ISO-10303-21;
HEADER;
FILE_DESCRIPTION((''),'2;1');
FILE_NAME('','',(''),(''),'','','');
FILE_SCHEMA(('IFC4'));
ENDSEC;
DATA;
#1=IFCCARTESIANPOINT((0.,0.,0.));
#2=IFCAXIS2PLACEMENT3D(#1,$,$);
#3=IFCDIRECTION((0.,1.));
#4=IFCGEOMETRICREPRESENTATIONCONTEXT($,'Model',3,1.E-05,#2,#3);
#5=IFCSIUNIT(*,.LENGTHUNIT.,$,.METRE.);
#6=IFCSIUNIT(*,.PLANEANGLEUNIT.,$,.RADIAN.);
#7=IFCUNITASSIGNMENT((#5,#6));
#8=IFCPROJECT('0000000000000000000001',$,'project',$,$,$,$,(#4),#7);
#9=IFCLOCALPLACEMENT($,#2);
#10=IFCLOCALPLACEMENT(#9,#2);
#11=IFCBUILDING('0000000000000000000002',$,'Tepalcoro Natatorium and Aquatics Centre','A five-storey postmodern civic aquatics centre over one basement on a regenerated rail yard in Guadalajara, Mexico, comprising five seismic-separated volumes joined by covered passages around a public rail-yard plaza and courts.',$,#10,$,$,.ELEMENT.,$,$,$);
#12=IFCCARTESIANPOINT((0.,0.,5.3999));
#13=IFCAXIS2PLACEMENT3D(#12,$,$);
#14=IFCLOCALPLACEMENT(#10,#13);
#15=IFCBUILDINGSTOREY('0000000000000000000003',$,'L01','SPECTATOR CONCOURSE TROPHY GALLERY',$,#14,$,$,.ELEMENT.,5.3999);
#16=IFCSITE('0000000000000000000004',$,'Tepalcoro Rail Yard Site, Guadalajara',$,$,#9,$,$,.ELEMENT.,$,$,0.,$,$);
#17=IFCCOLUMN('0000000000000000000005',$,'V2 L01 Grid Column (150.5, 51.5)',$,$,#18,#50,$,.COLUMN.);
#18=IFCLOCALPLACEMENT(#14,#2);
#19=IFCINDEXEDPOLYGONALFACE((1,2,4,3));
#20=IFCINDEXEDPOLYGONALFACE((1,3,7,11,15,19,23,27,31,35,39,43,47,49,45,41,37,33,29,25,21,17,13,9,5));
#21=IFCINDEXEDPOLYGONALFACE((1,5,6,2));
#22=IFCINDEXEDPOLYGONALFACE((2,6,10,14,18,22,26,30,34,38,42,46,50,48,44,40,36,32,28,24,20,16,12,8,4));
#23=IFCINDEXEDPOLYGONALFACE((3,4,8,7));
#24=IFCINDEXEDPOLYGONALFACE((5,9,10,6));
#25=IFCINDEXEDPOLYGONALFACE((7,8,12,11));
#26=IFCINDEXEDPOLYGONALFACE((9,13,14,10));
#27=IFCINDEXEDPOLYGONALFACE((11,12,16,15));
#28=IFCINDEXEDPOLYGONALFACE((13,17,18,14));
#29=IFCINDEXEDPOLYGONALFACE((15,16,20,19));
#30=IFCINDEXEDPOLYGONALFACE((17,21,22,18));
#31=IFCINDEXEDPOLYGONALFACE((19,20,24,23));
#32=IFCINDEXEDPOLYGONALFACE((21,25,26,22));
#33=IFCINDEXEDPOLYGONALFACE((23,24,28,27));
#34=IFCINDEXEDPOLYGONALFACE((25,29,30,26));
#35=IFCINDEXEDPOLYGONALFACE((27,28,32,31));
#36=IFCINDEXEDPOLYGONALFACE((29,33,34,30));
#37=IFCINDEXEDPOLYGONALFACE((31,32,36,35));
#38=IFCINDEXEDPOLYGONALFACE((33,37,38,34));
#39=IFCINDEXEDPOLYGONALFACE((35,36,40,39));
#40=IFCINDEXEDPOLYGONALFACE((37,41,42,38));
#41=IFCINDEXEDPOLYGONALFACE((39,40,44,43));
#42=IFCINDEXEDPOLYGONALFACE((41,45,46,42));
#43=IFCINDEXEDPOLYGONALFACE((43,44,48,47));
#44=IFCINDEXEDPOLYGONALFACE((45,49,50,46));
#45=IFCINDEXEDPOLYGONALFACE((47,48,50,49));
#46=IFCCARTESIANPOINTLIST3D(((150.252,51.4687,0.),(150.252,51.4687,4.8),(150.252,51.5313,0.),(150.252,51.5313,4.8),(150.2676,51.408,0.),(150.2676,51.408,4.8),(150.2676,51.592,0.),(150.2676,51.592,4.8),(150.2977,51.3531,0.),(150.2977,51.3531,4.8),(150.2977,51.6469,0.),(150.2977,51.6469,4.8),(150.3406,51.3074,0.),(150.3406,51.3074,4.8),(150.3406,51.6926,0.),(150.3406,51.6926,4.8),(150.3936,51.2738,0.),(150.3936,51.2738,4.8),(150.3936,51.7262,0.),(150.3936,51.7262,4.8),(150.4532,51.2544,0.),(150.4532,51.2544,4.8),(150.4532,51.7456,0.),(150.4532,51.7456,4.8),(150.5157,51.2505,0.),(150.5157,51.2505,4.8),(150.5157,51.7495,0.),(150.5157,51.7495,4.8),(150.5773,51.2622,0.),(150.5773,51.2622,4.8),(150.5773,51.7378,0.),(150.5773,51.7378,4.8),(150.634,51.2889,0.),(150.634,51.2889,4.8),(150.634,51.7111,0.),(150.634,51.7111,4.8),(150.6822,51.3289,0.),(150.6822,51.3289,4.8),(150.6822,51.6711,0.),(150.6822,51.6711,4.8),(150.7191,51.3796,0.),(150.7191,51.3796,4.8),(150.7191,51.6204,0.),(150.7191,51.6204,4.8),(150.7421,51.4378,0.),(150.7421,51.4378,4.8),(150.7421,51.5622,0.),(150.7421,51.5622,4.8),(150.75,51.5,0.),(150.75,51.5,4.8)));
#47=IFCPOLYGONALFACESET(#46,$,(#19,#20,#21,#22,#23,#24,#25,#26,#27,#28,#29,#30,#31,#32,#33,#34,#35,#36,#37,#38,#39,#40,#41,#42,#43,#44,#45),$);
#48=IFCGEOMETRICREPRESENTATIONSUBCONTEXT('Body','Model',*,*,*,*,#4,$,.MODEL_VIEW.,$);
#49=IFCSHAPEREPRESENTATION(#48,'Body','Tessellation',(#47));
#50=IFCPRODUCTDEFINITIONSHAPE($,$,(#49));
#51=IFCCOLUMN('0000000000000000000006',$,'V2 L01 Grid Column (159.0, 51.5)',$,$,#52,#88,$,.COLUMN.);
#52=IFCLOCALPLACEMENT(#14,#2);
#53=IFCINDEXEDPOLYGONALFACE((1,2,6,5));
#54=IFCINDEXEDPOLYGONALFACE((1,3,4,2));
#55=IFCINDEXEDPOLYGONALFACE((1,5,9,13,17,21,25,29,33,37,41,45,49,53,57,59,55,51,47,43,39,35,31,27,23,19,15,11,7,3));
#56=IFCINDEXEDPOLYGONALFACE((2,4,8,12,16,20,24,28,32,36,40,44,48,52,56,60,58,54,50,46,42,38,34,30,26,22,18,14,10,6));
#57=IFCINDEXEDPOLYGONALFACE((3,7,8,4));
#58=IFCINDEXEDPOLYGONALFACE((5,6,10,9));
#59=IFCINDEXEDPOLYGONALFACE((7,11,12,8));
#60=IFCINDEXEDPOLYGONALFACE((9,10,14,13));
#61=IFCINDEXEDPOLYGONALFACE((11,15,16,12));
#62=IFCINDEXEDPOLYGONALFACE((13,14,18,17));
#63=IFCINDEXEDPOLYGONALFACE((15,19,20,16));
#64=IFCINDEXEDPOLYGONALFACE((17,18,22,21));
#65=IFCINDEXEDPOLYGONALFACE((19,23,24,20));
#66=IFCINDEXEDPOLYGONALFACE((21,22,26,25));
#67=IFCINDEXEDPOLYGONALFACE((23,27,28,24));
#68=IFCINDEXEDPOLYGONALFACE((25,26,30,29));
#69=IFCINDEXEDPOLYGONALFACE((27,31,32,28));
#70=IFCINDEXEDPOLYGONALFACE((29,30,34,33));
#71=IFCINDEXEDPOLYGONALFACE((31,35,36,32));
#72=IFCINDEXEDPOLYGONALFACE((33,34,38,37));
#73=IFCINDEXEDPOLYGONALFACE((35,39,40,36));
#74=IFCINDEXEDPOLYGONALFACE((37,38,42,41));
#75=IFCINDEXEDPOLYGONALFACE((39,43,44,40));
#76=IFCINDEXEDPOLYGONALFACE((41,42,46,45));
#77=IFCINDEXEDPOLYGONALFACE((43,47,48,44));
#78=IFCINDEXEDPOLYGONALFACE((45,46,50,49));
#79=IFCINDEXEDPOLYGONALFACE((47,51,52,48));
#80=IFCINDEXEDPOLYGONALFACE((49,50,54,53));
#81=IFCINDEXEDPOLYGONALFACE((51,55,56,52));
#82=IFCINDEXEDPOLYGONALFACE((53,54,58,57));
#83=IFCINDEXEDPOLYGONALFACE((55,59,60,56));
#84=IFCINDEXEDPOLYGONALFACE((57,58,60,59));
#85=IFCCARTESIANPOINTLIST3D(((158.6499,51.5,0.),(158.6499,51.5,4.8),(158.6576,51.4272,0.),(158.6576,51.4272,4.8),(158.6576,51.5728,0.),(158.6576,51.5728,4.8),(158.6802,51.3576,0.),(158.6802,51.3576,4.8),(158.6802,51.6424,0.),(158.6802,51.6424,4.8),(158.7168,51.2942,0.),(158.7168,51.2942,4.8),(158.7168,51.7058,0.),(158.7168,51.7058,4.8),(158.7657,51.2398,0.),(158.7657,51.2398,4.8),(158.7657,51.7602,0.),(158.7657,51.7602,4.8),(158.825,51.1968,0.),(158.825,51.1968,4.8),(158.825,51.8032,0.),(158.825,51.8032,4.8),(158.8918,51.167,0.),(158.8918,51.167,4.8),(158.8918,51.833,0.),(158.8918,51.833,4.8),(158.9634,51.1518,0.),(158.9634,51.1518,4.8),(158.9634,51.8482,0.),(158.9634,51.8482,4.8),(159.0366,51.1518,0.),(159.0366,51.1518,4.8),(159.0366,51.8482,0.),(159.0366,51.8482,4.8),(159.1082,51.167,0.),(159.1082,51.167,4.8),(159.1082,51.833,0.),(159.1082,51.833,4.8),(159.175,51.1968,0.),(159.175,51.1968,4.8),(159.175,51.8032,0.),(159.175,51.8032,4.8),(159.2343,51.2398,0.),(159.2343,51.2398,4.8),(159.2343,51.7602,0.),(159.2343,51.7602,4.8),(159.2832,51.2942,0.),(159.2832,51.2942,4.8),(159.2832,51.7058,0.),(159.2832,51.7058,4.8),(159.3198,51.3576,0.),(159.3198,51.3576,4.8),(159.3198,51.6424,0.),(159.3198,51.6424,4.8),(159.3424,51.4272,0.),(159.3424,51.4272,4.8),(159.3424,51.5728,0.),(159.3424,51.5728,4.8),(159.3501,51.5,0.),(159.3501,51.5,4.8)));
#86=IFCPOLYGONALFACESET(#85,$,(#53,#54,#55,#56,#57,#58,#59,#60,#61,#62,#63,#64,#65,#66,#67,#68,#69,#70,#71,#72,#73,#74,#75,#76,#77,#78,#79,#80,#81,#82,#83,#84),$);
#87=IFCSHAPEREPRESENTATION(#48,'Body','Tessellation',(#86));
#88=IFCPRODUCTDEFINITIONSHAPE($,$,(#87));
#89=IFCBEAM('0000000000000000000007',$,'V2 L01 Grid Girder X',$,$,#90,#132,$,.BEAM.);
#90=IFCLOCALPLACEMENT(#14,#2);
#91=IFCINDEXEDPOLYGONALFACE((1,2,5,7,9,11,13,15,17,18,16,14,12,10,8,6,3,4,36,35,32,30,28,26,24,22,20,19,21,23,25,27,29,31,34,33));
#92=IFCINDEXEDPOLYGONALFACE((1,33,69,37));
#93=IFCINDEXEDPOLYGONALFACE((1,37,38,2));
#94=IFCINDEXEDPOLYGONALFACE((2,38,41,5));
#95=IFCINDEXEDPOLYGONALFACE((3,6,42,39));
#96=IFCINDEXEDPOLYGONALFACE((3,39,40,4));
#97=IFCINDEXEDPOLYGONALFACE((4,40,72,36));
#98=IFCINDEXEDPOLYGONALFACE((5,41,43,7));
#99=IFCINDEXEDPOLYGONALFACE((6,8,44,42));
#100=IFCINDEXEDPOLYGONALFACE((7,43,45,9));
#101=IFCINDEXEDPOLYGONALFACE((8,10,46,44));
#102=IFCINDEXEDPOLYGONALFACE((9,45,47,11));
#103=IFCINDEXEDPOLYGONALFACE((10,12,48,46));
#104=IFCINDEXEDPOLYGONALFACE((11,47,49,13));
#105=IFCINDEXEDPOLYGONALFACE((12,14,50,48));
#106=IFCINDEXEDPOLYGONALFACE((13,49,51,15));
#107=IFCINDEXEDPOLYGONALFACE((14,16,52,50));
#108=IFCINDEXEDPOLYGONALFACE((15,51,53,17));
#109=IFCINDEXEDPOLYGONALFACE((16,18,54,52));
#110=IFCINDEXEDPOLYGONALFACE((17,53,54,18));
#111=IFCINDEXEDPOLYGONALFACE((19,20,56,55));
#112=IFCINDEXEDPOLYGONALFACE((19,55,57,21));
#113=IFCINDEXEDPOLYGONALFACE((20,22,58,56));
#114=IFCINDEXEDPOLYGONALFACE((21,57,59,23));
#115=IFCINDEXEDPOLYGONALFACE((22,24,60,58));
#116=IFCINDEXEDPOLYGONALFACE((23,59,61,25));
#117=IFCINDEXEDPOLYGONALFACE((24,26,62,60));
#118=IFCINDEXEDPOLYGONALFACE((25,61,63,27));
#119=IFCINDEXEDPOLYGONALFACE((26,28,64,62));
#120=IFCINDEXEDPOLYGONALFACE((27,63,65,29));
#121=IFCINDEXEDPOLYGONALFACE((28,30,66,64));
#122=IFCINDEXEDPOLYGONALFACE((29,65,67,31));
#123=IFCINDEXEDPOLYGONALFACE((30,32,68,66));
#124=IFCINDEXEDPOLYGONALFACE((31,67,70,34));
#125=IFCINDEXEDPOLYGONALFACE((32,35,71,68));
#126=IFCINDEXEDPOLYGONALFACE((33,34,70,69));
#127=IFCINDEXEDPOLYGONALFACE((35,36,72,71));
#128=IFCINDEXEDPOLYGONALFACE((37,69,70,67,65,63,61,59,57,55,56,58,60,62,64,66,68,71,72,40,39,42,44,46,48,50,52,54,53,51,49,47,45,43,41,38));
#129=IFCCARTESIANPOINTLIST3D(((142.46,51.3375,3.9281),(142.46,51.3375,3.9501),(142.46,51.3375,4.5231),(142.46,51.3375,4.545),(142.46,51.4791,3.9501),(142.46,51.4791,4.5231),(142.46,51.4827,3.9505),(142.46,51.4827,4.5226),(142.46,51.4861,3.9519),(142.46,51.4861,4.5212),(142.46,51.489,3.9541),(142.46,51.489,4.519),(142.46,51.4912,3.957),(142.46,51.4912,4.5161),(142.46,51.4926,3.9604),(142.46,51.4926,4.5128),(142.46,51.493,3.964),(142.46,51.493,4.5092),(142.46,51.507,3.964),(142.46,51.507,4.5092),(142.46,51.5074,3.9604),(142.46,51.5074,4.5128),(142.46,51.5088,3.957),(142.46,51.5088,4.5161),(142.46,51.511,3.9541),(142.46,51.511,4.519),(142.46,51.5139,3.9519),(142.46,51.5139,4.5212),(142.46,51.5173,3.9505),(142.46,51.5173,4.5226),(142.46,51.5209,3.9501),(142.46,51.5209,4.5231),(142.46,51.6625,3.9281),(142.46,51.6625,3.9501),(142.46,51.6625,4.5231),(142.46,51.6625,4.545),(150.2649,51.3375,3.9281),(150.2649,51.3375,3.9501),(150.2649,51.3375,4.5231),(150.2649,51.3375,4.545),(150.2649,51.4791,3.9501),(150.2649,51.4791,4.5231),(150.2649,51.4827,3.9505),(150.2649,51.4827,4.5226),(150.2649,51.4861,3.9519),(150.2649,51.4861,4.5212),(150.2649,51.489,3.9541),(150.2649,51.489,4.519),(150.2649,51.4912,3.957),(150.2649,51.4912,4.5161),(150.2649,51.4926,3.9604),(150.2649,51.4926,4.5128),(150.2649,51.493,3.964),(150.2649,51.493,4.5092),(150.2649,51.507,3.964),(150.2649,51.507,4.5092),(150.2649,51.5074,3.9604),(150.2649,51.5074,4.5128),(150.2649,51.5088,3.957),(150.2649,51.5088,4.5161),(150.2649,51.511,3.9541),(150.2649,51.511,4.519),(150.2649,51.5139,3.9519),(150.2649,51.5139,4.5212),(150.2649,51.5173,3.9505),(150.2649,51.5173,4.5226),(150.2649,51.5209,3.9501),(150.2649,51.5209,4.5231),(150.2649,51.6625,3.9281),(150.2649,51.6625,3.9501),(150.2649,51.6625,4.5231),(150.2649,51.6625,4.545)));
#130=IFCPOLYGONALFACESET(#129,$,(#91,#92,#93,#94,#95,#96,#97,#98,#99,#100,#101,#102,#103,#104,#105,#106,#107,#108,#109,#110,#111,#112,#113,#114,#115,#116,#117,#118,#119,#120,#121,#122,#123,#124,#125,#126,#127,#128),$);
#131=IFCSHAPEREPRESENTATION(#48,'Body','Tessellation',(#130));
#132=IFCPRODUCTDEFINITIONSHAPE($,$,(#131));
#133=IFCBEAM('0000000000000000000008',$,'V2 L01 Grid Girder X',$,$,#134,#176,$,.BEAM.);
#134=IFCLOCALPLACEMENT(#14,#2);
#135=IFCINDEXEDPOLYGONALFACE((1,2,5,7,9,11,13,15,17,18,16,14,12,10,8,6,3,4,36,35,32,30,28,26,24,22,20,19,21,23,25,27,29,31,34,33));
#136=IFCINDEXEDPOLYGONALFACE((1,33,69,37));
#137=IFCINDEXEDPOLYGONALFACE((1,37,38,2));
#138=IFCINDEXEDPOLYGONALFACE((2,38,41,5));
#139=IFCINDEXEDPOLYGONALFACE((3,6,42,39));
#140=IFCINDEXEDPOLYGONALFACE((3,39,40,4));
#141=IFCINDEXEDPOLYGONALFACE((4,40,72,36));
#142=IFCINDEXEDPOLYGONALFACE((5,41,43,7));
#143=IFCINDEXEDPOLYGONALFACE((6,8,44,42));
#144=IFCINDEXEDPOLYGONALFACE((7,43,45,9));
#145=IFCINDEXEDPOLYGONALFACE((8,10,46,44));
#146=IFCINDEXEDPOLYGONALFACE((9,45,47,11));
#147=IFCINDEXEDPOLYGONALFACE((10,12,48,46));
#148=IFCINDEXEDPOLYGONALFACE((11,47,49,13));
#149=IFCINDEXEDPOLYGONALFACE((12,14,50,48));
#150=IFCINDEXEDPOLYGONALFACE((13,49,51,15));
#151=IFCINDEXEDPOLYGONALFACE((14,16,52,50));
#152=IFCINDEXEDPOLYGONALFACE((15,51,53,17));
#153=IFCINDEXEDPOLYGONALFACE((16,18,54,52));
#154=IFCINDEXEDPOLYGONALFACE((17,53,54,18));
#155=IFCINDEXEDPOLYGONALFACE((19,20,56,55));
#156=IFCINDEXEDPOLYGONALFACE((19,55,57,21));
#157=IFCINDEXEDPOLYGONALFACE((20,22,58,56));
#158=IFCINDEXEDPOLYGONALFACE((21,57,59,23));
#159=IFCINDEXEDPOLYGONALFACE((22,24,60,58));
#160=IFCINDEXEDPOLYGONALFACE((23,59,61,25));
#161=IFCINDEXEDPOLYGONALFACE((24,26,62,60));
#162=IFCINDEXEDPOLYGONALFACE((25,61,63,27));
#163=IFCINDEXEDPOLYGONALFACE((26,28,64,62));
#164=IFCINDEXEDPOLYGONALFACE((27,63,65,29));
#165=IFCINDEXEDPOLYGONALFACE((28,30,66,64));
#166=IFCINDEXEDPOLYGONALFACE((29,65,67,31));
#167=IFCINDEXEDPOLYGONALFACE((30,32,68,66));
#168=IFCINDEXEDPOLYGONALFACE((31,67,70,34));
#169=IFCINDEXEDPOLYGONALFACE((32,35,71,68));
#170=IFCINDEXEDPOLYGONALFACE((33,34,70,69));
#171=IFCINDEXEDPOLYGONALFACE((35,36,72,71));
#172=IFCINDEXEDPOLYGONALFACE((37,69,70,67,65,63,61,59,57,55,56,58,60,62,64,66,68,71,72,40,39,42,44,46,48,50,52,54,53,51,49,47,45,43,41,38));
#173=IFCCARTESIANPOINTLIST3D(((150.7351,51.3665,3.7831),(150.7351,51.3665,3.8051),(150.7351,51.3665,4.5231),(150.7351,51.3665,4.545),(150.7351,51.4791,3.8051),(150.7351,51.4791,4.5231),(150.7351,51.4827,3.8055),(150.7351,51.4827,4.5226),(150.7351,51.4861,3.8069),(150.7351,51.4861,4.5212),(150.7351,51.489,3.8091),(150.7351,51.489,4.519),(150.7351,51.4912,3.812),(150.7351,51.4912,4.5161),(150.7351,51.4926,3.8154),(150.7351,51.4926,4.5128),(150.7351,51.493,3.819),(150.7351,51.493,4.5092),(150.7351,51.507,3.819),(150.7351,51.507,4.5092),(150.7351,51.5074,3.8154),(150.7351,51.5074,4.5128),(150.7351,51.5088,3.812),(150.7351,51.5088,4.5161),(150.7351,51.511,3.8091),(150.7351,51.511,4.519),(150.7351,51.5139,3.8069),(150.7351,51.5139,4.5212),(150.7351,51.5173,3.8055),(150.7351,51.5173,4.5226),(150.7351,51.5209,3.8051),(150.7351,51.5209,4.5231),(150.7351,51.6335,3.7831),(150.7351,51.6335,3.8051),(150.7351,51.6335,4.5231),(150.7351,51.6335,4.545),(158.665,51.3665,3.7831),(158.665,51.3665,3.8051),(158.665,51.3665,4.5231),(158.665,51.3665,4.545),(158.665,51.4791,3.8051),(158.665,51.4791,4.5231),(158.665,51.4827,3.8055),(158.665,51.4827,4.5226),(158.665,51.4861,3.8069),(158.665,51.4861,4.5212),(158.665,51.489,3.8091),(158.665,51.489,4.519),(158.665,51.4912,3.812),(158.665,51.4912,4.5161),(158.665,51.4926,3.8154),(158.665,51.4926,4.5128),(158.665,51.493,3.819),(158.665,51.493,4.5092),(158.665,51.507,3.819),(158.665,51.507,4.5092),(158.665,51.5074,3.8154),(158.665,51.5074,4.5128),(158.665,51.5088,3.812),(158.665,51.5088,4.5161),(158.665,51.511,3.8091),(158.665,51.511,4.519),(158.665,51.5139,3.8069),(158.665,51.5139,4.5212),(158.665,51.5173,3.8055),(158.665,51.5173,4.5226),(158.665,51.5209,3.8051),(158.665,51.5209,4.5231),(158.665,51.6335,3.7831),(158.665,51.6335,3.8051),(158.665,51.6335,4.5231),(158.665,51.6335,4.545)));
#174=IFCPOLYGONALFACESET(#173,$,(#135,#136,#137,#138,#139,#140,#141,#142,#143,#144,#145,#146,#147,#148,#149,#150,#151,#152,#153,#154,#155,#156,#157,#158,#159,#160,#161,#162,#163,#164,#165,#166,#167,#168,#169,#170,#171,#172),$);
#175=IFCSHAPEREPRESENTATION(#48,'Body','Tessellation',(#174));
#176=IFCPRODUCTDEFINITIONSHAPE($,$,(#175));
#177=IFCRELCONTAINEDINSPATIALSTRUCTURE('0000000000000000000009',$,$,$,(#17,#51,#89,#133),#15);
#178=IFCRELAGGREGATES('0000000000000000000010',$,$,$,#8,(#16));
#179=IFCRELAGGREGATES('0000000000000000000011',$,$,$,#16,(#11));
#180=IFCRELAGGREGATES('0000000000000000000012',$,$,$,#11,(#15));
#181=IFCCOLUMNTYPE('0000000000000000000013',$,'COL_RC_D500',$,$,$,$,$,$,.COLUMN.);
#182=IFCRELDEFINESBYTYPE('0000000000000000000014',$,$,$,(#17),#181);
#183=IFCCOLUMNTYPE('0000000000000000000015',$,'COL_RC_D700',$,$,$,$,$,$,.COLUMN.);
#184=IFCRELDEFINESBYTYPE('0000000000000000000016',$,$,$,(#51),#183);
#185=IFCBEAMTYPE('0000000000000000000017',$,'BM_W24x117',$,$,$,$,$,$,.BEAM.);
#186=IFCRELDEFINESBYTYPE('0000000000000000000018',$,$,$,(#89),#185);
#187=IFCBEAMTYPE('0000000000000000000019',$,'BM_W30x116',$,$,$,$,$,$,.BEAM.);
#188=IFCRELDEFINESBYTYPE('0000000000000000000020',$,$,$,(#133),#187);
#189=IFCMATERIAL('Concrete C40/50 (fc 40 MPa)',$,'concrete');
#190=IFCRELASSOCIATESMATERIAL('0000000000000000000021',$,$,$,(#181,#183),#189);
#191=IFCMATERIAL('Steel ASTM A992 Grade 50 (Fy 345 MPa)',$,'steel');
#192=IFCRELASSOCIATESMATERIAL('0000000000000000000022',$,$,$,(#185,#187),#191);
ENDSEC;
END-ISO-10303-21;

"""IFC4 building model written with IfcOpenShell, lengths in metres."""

from ifc_helpers import new_model, si_unit, direction, frame, origin, origin_2d, place, context, subcontext, project, spatial, circle, i_section, extrude, material, material_profile, profile_set, type_object, element, save


model = new_model("IFC4")

# Units and contexts
model_context = context("Model", 3, precision=1e-05, world=origin(), true_north=direction((0.0, 1.0)))
body_context = subcontext(model_context, "Body", "Model", "MODEL_VIEW")
ifc_project = project(units=[si_unit("LENGTHUNIT", "METRE"), si_unit("PLANEANGLEUNIT", "RADIAN")], contexts=[model_context])

# Site, building, storey
site_placement = place(None, origin())
site = spatial("IfcSite", under=ifc_project, at=site_placement, Name="Tepalcoro Rail Yard Site, Guadalajara", CompositionType="ELEMENT", RefElevation=0.0)
building_placement = place(site_placement, origin())
building = spatial("IfcBuilding", under=site, at=building_placement, Name="Tepalcoro Natatorium and Aquatics Centre", Description="A five-storey postmodern civic aquatics centre over one basement on a regenerated rail yard in Guadalajara, Mexico, comprising five seismic-separated volumes joined by covered passages around a public rail-yard plaza and courts.", CompositionType="ELEMENT")
storey_placement = place(building_placement, frame((0.0, 0.0, 5.3999)))
storey = spatial("IfcBuildingStorey", under=building, at=storey_placement, Name="L01", Description="SPECTATOR CONCOURSE TROPHY GALLERY", CompositionType="ELEMENT", Elevation=5.3999)

# Columns
ifc_material_1 = material(Name="Concrete C40/50 (fc 40 MPa)", Category="concrete")
ifc_material_profile_1 = material_profile(ifc_material_1, circle(Radius=0.25, at=origin_2d()), Name="RCD500")
ifc_profile_set_1 = profile_set([ifc_material_profile_1], Name="Concrete C40/50 (fc 40 MPa)")
column_type_1 = type_object("IfcColumnType", Name="COL_RC_D500", PredefinedType="COLUMN", material=ifc_profile_set_1)
column_1_placement = place(storey_placement, frame((150.5, 51.5, 0.0), z_axis=(0.0, 0.0, 1.0), x_axis=(1.0, 0.0, 0.0)))
element("IfcColumn", 1, at=column_1_placement, inside=storey, type_object=column_type_1, Name="V2 L01 Grid Column (150.5, 51.5)", PredefinedType="COLUMN", context=body_context, shape_type="SweptSolid", body=[
    extrude(circle(Radius=0.25, at=origin_2d()), origin(), (0.0, 0.0, 1.0), 4.8),
])
ifc_material_profile_2 = material_profile(ifc_material_1, circle(Radius=0.3501, at=origin_2d()), Name="RCD700")
ifc_profile_set_2 = profile_set([ifc_material_profile_2], Name="Concrete C40/50 (fc 40 MPa)")
column_type_2 = type_object("IfcColumnType", Name="COL_RC_D700", PredefinedType="COLUMN", material=ifc_profile_set_2)
column_2_placement = place(storey_placement, frame((159.0, 51.5, 0.0), z_axis=(0.0, 0.0, 1.0), x_axis=(1.0, 0.0, 0.0)))
element("IfcColumn", 2, at=column_2_placement, inside=storey, type_object=column_type_2, Name="V2 L01 Grid Column (159.0, 51.5)", PredefinedType="COLUMN", context=body_context, shape_type="SweptSolid", body=[
    extrude(circle(Radius=0.3501, at=origin_2d()), origin(), (0.0, 0.0, 1.0), 4.8),
])

# Beams
ifc_material_2 = material(Name="Steel ASTM A992 Grade 50 (Fy 345 MPa)", Category="steel")
ifc_material_profile_3 = material_profile(ifc_material_2, i_section(OverallWidth=0.325, OverallDepth=0.6169, WebThickness=0.0139, FlangeThickness=0.022, FilletRadius=0.0139, at=origin_2d()), Name="W24X117")
ifc_profile_set_3 = profile_set([ifc_material_profile_3], Name="Steel ASTM A992 Grade 50 (Fy 345 MPa)")
beam_type_1 = type_object("IfcBeamType", Name="BM_W24x117", PredefinedType="BEAM", material=ifc_profile_set_3)
beam_1_placement = place(storey_placement, frame((142.46, 51.5, 4.2366), z_axis=(1.0, 0.0, 0.0), x_axis=(0.0, 1.0, 0.0)))
element("IfcBeam", 3, at=beam_1_placement, inside=storey, type_object=beam_type_1, Name="V2 L01 Grid Girder X", PredefinedType="BEAM", context=body_context, shape_type="SweptSolid", body=[
    extrude(i_section(OverallWidth=0.325, OverallDepth=0.6169, WebThickness=0.0139, FlangeThickness=0.022, FilletRadius=0.0139, at=origin_2d()), origin(), (0.0, 0.0, 1.0), 7.8049),
])
ifc_material_profile_4 = material_profile(ifc_material_2, i_section(OverallWidth=0.2671, OverallDepth=0.762, WebThickness=0.0139, FlangeThickness=0.022, FilletRadius=0.0139, at=origin_2d()), Name="W30X116")
ifc_profile_set_4 = profile_set([ifc_material_profile_4], Name="Steel ASTM A992 Grade 50 (Fy 345 MPa)")
beam_type_2 = type_object("IfcBeamType", Name="BM_W30x116", PredefinedType="BEAM", material=ifc_profile_set_4)
beam_2_placement = place(storey_placement, frame((150.7351, 51.5, 4.1641), z_axis=(1.0, 0.0, 0.0), x_axis=(0.0, 1.0, 0.0)))
element("IfcBeam", 4, at=beam_2_placement, inside=storey, type_object=beam_type_2, Name="V2 L01 Grid Girder X", PredefinedType="BEAM", context=body_context, shape_type="SweptSolid", body=[
    extrude(i_section(OverallWidth=0.2671, OverallDepth=0.762, WebThickness=0.0139, FlangeThickness=0.022, FilletRadius=0.0139, at=origin_2d()), origin(), (0.0, 0.0, 1.0), 7.9299),
])

save(model, "model.ifc")
